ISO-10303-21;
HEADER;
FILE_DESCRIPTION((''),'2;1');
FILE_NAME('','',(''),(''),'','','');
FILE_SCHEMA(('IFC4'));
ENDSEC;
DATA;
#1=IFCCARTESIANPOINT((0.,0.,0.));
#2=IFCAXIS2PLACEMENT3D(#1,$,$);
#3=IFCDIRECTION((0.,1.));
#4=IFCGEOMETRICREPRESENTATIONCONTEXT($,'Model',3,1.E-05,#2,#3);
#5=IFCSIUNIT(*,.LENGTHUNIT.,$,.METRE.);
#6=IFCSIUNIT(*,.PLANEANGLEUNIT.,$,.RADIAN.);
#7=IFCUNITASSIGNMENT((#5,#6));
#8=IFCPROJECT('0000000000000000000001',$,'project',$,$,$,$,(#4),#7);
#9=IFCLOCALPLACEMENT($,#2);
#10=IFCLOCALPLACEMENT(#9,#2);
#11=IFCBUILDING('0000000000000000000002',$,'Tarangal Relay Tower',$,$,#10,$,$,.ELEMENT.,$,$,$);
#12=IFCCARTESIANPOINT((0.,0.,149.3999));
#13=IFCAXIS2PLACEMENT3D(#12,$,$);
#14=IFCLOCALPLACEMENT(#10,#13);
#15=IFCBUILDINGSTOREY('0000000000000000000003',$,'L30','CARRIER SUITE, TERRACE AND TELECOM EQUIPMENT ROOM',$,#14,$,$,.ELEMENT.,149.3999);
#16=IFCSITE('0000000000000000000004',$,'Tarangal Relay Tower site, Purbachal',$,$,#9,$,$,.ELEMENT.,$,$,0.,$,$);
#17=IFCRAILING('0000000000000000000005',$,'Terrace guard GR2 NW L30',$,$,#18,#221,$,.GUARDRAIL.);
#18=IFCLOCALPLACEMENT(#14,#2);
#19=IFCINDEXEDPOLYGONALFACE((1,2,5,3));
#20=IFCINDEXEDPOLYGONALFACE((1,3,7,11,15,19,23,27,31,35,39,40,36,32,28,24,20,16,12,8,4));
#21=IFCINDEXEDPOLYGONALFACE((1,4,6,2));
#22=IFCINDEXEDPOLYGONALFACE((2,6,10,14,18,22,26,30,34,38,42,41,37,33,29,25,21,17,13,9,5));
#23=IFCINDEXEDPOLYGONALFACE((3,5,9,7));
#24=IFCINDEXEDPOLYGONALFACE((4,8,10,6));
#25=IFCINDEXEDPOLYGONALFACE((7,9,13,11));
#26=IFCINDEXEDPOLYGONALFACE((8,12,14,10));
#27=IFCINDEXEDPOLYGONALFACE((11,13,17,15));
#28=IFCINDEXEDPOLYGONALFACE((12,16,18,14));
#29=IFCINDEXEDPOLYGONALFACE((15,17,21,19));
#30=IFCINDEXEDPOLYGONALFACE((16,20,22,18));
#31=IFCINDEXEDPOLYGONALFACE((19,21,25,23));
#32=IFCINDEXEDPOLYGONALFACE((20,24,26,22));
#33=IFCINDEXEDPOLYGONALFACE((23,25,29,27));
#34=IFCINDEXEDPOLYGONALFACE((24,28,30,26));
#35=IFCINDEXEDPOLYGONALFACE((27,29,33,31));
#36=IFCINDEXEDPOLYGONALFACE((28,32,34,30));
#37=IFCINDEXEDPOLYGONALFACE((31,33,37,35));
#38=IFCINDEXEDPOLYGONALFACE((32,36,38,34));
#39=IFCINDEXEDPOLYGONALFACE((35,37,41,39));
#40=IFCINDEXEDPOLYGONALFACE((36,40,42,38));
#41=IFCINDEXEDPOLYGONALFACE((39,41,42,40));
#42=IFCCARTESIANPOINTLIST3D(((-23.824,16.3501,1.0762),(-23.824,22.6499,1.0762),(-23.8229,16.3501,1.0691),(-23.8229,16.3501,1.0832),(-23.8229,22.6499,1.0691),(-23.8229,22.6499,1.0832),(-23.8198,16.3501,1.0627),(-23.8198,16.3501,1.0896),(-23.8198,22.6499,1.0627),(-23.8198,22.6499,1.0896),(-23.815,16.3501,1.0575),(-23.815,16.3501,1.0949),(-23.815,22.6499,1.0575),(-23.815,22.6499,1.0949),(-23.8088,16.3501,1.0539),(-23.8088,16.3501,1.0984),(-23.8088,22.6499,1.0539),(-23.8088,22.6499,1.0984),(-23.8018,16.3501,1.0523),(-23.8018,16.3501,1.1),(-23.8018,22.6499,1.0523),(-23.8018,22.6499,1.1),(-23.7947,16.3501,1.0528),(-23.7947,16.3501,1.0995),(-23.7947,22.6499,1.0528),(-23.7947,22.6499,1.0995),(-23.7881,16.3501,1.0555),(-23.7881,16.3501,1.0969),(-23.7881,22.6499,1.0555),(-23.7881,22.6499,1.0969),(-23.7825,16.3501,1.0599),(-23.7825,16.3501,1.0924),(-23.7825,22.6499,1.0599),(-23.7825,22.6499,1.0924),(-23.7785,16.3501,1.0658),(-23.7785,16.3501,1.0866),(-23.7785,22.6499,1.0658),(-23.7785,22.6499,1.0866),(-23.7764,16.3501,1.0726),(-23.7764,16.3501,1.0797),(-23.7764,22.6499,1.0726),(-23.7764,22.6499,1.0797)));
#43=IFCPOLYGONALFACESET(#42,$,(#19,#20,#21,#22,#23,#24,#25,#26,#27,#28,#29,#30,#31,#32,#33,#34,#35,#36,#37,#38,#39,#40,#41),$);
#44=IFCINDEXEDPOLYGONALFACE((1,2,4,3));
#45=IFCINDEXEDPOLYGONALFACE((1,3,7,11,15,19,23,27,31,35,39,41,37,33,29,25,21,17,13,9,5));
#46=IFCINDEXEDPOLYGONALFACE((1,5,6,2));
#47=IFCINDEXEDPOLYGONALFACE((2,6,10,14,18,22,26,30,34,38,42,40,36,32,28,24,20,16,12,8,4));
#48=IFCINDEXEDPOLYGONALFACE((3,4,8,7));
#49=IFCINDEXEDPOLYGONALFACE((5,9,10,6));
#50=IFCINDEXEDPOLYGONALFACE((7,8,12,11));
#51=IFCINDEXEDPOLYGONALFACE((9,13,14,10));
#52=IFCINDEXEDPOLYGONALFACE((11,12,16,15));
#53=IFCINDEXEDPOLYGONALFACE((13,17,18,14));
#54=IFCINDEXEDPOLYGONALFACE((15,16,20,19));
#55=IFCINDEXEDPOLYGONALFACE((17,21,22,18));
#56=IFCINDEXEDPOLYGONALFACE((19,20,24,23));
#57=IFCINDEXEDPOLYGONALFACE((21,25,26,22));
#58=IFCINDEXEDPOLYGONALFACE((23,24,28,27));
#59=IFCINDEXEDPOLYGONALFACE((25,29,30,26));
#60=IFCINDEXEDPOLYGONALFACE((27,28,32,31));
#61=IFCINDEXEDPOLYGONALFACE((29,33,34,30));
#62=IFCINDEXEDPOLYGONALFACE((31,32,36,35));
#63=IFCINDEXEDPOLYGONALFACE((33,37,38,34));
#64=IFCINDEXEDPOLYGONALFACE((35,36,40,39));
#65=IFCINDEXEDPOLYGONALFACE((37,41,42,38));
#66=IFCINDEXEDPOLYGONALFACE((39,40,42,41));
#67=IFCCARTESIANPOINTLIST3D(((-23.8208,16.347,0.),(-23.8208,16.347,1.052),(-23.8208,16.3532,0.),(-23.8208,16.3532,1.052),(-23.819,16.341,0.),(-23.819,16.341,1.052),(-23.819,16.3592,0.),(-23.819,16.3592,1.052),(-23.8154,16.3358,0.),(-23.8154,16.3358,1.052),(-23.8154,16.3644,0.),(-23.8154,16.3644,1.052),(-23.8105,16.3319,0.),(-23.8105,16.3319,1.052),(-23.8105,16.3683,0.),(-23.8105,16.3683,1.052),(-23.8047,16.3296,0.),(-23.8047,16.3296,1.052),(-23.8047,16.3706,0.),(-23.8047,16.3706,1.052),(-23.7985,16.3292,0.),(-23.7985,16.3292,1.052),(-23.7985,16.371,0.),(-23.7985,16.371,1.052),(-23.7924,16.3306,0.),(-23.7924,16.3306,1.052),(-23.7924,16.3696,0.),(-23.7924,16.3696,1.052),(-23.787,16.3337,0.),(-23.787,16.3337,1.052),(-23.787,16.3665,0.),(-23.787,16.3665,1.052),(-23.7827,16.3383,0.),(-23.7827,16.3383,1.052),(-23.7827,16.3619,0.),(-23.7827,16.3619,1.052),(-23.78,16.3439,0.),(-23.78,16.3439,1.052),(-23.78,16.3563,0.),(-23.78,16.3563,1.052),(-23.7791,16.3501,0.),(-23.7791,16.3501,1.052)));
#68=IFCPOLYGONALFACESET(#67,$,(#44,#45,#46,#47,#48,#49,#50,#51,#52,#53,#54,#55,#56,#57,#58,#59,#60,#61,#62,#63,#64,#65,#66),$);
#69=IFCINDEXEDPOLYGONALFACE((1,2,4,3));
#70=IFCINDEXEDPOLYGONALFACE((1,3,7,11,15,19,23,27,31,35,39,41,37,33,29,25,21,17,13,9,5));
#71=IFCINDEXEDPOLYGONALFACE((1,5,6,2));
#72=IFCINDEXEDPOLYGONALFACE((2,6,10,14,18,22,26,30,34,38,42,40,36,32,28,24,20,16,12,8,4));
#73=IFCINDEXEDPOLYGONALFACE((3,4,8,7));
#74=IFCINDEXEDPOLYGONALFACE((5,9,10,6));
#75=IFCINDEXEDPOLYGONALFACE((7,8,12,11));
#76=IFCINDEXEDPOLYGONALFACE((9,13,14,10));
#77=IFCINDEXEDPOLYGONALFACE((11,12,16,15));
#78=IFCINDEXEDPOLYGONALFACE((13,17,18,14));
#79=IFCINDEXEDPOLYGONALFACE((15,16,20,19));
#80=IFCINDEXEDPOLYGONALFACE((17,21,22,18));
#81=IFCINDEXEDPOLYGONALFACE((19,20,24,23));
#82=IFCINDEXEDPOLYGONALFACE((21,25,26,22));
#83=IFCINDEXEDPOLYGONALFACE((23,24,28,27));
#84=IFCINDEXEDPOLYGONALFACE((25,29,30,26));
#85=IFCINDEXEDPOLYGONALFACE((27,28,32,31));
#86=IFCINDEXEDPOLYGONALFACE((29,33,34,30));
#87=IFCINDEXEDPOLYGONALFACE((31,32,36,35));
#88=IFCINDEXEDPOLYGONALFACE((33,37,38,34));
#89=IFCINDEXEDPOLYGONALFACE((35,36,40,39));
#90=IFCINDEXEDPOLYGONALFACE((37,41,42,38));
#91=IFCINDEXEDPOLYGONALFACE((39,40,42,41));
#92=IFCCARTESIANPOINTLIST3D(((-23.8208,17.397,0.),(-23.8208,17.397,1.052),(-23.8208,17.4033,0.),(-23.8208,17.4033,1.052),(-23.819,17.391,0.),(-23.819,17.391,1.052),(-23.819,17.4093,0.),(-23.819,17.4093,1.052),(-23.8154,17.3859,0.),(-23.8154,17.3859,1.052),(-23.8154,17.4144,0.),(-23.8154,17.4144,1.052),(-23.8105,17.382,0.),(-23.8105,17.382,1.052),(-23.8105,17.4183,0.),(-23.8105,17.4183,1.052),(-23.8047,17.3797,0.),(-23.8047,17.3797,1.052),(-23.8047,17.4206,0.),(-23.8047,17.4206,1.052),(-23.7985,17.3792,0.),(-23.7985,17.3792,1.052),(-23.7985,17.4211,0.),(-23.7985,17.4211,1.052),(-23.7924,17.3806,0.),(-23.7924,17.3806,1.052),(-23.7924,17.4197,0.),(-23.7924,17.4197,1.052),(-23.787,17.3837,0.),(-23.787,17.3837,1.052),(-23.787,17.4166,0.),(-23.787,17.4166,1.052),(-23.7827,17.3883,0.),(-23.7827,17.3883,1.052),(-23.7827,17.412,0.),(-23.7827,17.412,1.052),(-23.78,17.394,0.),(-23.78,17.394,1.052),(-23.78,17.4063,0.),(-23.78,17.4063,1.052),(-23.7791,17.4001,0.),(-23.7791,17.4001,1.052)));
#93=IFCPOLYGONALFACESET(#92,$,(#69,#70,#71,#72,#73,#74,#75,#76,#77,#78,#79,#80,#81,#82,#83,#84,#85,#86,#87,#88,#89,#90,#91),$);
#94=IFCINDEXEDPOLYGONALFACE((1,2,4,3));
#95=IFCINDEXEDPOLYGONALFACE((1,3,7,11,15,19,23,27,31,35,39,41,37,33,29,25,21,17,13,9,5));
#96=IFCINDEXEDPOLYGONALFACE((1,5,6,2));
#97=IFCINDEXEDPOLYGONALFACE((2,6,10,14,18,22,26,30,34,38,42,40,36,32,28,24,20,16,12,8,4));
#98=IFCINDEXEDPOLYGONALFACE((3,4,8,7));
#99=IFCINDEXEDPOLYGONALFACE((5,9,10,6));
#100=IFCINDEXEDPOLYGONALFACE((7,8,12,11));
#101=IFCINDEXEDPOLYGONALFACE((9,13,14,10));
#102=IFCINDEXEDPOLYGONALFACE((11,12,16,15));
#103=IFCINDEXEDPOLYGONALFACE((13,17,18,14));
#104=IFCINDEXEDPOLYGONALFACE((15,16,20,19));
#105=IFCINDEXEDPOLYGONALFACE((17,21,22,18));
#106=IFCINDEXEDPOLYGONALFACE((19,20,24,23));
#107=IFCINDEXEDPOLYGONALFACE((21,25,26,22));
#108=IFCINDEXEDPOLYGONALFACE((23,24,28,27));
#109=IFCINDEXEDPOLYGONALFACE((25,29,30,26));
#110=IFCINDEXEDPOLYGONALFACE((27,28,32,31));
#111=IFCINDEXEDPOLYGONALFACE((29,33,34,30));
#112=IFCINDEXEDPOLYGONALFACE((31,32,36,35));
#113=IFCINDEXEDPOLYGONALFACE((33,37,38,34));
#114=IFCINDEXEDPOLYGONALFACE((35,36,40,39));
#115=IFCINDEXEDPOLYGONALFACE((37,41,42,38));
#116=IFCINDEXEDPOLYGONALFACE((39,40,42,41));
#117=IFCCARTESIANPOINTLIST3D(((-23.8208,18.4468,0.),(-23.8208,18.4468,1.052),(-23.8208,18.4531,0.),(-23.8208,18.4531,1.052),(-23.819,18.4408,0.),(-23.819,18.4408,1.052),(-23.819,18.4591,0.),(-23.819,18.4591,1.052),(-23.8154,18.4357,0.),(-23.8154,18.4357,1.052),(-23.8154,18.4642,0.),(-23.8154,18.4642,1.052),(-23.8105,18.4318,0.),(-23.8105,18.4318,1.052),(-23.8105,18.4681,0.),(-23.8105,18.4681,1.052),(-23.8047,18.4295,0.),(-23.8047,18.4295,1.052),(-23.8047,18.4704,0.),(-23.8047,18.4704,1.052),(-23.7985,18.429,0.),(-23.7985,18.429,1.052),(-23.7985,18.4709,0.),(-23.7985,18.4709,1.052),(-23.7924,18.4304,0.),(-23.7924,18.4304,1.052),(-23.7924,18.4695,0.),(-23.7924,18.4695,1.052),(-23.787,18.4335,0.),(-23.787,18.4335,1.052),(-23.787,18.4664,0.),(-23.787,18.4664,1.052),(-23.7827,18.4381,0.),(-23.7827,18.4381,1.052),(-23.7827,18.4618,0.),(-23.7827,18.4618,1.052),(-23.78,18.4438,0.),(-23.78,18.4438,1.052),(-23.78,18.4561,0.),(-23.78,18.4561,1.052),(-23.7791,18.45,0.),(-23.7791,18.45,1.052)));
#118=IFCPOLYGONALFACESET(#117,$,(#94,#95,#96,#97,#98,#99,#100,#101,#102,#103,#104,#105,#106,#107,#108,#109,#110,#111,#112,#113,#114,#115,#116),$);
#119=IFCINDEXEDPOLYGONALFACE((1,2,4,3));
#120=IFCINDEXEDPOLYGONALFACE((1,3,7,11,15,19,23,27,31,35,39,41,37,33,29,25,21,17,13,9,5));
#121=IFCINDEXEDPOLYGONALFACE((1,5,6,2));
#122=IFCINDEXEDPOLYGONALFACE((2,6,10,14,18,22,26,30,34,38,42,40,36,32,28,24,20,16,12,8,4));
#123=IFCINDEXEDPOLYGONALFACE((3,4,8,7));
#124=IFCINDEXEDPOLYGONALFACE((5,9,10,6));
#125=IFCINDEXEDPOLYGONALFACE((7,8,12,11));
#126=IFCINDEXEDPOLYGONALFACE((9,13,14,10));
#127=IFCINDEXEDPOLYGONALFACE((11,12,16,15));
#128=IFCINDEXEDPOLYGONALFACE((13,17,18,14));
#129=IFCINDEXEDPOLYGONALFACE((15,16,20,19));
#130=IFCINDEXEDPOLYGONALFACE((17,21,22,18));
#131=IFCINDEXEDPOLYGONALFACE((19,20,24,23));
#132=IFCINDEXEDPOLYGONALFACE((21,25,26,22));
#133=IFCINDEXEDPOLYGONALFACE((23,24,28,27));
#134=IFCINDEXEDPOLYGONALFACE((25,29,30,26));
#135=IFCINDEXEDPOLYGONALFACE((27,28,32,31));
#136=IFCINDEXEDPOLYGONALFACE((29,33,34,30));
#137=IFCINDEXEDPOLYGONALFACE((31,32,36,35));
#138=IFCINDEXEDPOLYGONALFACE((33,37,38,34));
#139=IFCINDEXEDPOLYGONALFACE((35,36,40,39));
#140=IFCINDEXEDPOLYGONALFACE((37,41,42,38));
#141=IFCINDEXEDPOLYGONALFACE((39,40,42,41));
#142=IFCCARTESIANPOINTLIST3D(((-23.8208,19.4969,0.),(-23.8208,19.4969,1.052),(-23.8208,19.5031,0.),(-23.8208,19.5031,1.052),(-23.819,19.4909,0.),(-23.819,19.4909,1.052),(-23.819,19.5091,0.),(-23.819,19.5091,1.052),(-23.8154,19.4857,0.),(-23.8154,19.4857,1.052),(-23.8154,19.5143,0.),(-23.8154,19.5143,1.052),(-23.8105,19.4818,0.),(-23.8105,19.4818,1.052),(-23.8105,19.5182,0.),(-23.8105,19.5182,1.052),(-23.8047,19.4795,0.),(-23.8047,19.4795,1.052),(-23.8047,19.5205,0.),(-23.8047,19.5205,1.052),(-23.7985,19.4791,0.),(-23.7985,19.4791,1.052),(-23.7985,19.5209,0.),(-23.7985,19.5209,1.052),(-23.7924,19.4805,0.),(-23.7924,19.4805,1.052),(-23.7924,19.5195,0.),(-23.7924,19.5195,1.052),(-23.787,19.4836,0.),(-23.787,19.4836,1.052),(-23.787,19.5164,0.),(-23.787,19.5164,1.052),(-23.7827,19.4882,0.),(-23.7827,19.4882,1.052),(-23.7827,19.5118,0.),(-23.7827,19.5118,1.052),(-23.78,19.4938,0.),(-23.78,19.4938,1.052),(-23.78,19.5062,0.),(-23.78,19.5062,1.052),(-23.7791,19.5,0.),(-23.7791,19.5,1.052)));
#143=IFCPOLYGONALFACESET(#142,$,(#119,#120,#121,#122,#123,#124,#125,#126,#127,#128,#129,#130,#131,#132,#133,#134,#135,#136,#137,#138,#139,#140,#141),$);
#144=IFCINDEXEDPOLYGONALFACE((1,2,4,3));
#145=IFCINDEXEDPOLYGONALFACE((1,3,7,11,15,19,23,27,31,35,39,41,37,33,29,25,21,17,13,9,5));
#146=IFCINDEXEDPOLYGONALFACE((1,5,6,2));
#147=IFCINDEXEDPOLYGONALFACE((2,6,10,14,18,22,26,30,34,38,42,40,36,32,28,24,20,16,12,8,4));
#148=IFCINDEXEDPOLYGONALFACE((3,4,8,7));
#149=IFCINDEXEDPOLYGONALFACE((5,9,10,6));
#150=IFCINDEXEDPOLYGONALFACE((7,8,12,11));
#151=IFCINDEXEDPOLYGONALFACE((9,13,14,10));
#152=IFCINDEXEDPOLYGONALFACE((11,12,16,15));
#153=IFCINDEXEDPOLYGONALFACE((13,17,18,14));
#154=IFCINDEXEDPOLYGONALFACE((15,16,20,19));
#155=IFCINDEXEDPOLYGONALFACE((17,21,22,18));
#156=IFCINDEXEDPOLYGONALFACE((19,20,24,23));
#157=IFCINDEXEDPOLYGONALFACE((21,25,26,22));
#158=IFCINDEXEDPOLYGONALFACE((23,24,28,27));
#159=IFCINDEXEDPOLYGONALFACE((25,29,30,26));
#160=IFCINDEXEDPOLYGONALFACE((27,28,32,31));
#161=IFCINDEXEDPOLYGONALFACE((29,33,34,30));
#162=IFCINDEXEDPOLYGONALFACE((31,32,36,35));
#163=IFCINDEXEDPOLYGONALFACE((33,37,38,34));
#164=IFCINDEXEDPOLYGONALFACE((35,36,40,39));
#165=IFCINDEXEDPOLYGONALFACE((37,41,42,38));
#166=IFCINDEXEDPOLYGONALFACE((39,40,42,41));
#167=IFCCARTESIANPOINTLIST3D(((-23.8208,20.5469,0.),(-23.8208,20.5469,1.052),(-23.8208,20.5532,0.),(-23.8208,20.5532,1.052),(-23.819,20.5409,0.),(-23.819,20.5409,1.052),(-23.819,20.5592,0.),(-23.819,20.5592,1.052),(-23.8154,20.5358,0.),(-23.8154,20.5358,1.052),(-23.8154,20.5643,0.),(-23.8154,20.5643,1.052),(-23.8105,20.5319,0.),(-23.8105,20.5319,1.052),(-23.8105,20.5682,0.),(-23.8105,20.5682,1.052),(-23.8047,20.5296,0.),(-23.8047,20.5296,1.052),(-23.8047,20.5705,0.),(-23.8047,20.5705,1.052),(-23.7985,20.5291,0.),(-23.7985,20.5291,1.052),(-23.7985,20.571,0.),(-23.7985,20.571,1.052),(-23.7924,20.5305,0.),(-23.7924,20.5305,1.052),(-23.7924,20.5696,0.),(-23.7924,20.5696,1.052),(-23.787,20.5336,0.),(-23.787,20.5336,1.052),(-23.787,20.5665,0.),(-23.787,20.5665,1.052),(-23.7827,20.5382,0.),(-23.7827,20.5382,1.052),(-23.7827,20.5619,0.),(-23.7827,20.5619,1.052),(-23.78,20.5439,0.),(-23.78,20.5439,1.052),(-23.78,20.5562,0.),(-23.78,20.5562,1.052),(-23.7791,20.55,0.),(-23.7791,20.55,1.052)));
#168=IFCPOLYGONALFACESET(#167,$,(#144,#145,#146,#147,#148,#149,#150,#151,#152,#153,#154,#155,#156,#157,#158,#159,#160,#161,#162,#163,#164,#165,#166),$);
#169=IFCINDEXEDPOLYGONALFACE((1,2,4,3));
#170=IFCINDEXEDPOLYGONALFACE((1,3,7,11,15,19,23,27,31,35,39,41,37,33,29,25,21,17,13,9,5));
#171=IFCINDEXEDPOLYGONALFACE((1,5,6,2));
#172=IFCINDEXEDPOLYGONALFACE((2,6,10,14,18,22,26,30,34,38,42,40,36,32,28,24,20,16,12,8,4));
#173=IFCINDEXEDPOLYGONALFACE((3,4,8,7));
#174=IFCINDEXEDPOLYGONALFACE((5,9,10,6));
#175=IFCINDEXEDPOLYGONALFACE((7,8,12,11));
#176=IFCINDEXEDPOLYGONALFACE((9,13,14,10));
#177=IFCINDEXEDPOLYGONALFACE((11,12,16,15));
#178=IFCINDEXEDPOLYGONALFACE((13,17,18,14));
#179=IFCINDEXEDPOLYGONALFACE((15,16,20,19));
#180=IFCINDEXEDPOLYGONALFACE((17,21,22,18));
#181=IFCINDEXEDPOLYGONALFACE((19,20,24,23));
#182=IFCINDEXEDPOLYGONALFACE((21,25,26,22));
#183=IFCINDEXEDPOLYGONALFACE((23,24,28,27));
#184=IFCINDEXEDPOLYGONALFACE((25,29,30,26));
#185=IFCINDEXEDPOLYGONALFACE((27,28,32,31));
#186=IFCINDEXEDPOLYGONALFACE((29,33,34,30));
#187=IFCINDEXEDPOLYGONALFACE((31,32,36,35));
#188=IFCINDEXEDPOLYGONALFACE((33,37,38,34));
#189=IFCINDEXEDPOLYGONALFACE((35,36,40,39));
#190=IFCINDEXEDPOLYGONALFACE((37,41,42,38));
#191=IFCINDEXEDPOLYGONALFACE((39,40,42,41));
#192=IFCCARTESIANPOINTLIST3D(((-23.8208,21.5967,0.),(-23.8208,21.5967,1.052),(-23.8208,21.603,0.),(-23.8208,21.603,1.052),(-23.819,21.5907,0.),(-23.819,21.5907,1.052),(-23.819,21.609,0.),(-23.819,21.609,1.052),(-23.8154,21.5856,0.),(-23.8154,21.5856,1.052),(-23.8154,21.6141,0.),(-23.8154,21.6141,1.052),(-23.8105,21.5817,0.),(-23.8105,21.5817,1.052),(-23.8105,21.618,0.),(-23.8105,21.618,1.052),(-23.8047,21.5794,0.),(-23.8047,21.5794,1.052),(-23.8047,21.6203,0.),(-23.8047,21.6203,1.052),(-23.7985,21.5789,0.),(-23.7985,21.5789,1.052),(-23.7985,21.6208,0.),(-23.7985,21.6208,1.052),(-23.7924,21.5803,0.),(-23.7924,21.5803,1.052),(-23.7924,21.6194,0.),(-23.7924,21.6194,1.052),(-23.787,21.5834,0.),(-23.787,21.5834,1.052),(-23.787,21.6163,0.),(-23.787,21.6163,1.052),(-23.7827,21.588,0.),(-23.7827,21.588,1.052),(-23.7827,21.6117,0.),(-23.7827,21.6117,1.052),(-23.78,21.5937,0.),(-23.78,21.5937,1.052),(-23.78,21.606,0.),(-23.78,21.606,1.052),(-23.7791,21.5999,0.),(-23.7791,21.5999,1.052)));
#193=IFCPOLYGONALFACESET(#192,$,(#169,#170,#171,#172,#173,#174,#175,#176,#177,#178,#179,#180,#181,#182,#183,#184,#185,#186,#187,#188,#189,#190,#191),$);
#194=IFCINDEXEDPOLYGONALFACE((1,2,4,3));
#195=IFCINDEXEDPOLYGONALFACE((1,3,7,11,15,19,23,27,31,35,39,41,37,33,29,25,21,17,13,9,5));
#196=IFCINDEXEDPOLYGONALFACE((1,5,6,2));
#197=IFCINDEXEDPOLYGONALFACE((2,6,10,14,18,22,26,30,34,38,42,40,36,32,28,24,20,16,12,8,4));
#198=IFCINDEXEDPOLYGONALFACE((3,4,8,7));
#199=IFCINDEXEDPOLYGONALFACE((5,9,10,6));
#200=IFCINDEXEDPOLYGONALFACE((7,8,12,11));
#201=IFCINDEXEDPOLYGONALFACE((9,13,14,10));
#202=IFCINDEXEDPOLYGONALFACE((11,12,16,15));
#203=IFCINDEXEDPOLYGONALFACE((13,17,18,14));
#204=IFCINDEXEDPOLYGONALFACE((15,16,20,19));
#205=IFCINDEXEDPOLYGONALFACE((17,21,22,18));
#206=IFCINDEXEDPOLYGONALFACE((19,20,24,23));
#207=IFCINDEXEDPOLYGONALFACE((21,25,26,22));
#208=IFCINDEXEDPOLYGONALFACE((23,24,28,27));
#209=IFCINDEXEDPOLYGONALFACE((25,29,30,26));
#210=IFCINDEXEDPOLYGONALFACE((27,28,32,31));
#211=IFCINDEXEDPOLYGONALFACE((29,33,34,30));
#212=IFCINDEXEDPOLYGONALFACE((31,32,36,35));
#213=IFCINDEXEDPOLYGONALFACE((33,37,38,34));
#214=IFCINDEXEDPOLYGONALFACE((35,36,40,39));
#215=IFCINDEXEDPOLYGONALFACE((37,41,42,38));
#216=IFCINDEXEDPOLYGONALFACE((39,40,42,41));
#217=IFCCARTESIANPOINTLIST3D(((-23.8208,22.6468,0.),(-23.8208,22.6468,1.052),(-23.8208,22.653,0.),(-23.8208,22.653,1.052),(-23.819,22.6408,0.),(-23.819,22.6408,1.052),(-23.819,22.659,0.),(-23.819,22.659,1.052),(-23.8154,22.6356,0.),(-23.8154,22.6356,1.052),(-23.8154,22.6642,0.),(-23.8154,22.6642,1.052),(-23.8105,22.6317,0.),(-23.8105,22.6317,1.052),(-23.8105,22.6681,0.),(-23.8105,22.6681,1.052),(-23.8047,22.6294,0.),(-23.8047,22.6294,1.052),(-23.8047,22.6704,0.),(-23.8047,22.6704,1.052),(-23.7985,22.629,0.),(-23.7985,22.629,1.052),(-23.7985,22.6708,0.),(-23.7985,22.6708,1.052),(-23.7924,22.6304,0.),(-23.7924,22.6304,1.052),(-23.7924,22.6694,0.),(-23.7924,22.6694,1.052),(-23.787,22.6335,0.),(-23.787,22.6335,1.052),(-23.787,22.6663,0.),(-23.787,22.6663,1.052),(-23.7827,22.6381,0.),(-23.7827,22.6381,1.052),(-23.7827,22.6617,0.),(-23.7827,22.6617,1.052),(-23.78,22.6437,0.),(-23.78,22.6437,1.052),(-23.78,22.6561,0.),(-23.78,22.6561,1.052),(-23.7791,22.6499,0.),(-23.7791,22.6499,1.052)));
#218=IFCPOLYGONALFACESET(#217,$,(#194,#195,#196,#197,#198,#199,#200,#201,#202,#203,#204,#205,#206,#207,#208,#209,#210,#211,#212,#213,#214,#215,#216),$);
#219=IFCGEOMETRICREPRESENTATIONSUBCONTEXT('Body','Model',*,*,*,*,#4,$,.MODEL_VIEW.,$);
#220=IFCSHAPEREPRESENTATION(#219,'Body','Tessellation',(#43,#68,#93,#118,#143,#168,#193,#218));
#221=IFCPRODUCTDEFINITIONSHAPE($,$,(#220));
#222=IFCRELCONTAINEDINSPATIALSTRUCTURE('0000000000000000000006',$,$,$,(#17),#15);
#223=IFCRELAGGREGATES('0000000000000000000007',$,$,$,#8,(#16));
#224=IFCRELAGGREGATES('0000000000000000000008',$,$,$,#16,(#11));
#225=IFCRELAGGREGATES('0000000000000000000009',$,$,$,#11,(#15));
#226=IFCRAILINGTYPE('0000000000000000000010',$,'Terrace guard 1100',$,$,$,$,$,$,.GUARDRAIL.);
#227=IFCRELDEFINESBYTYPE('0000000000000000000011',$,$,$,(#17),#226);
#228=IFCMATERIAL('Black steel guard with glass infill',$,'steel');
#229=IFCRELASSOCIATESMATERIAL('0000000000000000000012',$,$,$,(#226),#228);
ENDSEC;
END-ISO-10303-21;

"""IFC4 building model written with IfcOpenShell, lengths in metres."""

from ifc_helpers import new_model, si_unit, direction, frame, origin, origin_2d, place, context, subcontext, project, spatial, circle, extrude, material, type_object, element, save


model = new_model("IFC4")

# Units and contexts
model_context = context("Model", 3, precision=1e-05, world=origin(), true_north=direction((0.0, 1.0)))
body_context = subcontext(model_context, "Body", "Model", "MODEL_VIEW")
ifc_project = project(units=[si_unit("LENGTHUNIT", "METRE"), si_unit("PLANEANGLEUNIT", "RADIAN")], contexts=[model_context])

# Site, building, storey
site_placement = place(None, origin())
site = spatial("IfcSite", under=ifc_project, at=site_placement, Name="Tarangal Relay Tower site, Purbachal", CompositionType="ELEMENT", RefElevation=0.0)
building_placement = place(site_placement, origin())
building = spatial("IfcBuilding", under=site, at=building_placement, Name="Tarangal Relay Tower", CompositionType="ELEMENT")
storey_placement = place(building_placement, frame((0.0, 0.0, 149.3999)))
storey = spatial("IfcBuildingStorey", under=building, at=storey_placement, Name="L30", Description="CARRIER SUITE, TERRACE AND TELECOM EQUIPMENT ROOM", CompositionType="ELEMENT", Elevation=149.3999)

# Railing
ifc_material_1 = material(Name="Black steel guard with glass infill", Category="steel")
railing_type = type_object("IfcRailingType", Name="Terrace guard 1100", PredefinedType="GUARDRAIL", material=ifc_material_1)
railing_1_placement = place(storey_placement, frame((-23.8, 16.3501, 0.0)))
element("IfcRailing", 1, at=railing_1_placement, inside=storey, type_object=railing_type, Name="Terrace guard GR2 NW L30", PredefinedType="GUARDRAIL", context=body_context, shape_type="SweptSolid", body=[
    extrude(circle(Radius=0.0239, at=origin_2d()), frame((0.0, 0.0, 1.0762), z_axis=(0.0, 1.0, 0.0), x_axis=(-1.0, 0.0, 0.0)), (0.0, 0.0, 1.0), 6.2998),
    extrude(circle(Radius=0.021, at=origin_2d()), origin(), (0.0, 0.0, 1.0), 1.052),
    extrude(circle(Radius=0.021, at=origin_2d()), frame((0.0, 1.05, 0.0)), (0.0, 0.0, 1.0), 1.052),
    extrude(circle(Radius=0.021, at=origin_2d()), frame((0.0, 2.0999, 0.0)), (0.0, 0.0, 1.0), 1.052),
    extrude(circle(Radius=0.021, at=origin_2d()), frame((0.0, 3.1499, 0.0)), (0.0, 0.0, 1.0), 1.052),
    extrude(circle(Radius=0.021, at=origin_2d()), frame((0.0, 4.2, 0.0)), (0.0, 0.0, 1.0), 1.052),
    extrude(circle(Radius=0.021, at=origin_2d()), frame((0.0, 5.2498, 0.0)), (0.0, 0.0, 1.0), 1.052),
    extrude(circle(Radius=0.021, at=origin_2d()), frame((0.0, 6.2998, 0.0)), (0.0, 0.0, 1.0), 1.052),
])

save(model, "model.ifc")
